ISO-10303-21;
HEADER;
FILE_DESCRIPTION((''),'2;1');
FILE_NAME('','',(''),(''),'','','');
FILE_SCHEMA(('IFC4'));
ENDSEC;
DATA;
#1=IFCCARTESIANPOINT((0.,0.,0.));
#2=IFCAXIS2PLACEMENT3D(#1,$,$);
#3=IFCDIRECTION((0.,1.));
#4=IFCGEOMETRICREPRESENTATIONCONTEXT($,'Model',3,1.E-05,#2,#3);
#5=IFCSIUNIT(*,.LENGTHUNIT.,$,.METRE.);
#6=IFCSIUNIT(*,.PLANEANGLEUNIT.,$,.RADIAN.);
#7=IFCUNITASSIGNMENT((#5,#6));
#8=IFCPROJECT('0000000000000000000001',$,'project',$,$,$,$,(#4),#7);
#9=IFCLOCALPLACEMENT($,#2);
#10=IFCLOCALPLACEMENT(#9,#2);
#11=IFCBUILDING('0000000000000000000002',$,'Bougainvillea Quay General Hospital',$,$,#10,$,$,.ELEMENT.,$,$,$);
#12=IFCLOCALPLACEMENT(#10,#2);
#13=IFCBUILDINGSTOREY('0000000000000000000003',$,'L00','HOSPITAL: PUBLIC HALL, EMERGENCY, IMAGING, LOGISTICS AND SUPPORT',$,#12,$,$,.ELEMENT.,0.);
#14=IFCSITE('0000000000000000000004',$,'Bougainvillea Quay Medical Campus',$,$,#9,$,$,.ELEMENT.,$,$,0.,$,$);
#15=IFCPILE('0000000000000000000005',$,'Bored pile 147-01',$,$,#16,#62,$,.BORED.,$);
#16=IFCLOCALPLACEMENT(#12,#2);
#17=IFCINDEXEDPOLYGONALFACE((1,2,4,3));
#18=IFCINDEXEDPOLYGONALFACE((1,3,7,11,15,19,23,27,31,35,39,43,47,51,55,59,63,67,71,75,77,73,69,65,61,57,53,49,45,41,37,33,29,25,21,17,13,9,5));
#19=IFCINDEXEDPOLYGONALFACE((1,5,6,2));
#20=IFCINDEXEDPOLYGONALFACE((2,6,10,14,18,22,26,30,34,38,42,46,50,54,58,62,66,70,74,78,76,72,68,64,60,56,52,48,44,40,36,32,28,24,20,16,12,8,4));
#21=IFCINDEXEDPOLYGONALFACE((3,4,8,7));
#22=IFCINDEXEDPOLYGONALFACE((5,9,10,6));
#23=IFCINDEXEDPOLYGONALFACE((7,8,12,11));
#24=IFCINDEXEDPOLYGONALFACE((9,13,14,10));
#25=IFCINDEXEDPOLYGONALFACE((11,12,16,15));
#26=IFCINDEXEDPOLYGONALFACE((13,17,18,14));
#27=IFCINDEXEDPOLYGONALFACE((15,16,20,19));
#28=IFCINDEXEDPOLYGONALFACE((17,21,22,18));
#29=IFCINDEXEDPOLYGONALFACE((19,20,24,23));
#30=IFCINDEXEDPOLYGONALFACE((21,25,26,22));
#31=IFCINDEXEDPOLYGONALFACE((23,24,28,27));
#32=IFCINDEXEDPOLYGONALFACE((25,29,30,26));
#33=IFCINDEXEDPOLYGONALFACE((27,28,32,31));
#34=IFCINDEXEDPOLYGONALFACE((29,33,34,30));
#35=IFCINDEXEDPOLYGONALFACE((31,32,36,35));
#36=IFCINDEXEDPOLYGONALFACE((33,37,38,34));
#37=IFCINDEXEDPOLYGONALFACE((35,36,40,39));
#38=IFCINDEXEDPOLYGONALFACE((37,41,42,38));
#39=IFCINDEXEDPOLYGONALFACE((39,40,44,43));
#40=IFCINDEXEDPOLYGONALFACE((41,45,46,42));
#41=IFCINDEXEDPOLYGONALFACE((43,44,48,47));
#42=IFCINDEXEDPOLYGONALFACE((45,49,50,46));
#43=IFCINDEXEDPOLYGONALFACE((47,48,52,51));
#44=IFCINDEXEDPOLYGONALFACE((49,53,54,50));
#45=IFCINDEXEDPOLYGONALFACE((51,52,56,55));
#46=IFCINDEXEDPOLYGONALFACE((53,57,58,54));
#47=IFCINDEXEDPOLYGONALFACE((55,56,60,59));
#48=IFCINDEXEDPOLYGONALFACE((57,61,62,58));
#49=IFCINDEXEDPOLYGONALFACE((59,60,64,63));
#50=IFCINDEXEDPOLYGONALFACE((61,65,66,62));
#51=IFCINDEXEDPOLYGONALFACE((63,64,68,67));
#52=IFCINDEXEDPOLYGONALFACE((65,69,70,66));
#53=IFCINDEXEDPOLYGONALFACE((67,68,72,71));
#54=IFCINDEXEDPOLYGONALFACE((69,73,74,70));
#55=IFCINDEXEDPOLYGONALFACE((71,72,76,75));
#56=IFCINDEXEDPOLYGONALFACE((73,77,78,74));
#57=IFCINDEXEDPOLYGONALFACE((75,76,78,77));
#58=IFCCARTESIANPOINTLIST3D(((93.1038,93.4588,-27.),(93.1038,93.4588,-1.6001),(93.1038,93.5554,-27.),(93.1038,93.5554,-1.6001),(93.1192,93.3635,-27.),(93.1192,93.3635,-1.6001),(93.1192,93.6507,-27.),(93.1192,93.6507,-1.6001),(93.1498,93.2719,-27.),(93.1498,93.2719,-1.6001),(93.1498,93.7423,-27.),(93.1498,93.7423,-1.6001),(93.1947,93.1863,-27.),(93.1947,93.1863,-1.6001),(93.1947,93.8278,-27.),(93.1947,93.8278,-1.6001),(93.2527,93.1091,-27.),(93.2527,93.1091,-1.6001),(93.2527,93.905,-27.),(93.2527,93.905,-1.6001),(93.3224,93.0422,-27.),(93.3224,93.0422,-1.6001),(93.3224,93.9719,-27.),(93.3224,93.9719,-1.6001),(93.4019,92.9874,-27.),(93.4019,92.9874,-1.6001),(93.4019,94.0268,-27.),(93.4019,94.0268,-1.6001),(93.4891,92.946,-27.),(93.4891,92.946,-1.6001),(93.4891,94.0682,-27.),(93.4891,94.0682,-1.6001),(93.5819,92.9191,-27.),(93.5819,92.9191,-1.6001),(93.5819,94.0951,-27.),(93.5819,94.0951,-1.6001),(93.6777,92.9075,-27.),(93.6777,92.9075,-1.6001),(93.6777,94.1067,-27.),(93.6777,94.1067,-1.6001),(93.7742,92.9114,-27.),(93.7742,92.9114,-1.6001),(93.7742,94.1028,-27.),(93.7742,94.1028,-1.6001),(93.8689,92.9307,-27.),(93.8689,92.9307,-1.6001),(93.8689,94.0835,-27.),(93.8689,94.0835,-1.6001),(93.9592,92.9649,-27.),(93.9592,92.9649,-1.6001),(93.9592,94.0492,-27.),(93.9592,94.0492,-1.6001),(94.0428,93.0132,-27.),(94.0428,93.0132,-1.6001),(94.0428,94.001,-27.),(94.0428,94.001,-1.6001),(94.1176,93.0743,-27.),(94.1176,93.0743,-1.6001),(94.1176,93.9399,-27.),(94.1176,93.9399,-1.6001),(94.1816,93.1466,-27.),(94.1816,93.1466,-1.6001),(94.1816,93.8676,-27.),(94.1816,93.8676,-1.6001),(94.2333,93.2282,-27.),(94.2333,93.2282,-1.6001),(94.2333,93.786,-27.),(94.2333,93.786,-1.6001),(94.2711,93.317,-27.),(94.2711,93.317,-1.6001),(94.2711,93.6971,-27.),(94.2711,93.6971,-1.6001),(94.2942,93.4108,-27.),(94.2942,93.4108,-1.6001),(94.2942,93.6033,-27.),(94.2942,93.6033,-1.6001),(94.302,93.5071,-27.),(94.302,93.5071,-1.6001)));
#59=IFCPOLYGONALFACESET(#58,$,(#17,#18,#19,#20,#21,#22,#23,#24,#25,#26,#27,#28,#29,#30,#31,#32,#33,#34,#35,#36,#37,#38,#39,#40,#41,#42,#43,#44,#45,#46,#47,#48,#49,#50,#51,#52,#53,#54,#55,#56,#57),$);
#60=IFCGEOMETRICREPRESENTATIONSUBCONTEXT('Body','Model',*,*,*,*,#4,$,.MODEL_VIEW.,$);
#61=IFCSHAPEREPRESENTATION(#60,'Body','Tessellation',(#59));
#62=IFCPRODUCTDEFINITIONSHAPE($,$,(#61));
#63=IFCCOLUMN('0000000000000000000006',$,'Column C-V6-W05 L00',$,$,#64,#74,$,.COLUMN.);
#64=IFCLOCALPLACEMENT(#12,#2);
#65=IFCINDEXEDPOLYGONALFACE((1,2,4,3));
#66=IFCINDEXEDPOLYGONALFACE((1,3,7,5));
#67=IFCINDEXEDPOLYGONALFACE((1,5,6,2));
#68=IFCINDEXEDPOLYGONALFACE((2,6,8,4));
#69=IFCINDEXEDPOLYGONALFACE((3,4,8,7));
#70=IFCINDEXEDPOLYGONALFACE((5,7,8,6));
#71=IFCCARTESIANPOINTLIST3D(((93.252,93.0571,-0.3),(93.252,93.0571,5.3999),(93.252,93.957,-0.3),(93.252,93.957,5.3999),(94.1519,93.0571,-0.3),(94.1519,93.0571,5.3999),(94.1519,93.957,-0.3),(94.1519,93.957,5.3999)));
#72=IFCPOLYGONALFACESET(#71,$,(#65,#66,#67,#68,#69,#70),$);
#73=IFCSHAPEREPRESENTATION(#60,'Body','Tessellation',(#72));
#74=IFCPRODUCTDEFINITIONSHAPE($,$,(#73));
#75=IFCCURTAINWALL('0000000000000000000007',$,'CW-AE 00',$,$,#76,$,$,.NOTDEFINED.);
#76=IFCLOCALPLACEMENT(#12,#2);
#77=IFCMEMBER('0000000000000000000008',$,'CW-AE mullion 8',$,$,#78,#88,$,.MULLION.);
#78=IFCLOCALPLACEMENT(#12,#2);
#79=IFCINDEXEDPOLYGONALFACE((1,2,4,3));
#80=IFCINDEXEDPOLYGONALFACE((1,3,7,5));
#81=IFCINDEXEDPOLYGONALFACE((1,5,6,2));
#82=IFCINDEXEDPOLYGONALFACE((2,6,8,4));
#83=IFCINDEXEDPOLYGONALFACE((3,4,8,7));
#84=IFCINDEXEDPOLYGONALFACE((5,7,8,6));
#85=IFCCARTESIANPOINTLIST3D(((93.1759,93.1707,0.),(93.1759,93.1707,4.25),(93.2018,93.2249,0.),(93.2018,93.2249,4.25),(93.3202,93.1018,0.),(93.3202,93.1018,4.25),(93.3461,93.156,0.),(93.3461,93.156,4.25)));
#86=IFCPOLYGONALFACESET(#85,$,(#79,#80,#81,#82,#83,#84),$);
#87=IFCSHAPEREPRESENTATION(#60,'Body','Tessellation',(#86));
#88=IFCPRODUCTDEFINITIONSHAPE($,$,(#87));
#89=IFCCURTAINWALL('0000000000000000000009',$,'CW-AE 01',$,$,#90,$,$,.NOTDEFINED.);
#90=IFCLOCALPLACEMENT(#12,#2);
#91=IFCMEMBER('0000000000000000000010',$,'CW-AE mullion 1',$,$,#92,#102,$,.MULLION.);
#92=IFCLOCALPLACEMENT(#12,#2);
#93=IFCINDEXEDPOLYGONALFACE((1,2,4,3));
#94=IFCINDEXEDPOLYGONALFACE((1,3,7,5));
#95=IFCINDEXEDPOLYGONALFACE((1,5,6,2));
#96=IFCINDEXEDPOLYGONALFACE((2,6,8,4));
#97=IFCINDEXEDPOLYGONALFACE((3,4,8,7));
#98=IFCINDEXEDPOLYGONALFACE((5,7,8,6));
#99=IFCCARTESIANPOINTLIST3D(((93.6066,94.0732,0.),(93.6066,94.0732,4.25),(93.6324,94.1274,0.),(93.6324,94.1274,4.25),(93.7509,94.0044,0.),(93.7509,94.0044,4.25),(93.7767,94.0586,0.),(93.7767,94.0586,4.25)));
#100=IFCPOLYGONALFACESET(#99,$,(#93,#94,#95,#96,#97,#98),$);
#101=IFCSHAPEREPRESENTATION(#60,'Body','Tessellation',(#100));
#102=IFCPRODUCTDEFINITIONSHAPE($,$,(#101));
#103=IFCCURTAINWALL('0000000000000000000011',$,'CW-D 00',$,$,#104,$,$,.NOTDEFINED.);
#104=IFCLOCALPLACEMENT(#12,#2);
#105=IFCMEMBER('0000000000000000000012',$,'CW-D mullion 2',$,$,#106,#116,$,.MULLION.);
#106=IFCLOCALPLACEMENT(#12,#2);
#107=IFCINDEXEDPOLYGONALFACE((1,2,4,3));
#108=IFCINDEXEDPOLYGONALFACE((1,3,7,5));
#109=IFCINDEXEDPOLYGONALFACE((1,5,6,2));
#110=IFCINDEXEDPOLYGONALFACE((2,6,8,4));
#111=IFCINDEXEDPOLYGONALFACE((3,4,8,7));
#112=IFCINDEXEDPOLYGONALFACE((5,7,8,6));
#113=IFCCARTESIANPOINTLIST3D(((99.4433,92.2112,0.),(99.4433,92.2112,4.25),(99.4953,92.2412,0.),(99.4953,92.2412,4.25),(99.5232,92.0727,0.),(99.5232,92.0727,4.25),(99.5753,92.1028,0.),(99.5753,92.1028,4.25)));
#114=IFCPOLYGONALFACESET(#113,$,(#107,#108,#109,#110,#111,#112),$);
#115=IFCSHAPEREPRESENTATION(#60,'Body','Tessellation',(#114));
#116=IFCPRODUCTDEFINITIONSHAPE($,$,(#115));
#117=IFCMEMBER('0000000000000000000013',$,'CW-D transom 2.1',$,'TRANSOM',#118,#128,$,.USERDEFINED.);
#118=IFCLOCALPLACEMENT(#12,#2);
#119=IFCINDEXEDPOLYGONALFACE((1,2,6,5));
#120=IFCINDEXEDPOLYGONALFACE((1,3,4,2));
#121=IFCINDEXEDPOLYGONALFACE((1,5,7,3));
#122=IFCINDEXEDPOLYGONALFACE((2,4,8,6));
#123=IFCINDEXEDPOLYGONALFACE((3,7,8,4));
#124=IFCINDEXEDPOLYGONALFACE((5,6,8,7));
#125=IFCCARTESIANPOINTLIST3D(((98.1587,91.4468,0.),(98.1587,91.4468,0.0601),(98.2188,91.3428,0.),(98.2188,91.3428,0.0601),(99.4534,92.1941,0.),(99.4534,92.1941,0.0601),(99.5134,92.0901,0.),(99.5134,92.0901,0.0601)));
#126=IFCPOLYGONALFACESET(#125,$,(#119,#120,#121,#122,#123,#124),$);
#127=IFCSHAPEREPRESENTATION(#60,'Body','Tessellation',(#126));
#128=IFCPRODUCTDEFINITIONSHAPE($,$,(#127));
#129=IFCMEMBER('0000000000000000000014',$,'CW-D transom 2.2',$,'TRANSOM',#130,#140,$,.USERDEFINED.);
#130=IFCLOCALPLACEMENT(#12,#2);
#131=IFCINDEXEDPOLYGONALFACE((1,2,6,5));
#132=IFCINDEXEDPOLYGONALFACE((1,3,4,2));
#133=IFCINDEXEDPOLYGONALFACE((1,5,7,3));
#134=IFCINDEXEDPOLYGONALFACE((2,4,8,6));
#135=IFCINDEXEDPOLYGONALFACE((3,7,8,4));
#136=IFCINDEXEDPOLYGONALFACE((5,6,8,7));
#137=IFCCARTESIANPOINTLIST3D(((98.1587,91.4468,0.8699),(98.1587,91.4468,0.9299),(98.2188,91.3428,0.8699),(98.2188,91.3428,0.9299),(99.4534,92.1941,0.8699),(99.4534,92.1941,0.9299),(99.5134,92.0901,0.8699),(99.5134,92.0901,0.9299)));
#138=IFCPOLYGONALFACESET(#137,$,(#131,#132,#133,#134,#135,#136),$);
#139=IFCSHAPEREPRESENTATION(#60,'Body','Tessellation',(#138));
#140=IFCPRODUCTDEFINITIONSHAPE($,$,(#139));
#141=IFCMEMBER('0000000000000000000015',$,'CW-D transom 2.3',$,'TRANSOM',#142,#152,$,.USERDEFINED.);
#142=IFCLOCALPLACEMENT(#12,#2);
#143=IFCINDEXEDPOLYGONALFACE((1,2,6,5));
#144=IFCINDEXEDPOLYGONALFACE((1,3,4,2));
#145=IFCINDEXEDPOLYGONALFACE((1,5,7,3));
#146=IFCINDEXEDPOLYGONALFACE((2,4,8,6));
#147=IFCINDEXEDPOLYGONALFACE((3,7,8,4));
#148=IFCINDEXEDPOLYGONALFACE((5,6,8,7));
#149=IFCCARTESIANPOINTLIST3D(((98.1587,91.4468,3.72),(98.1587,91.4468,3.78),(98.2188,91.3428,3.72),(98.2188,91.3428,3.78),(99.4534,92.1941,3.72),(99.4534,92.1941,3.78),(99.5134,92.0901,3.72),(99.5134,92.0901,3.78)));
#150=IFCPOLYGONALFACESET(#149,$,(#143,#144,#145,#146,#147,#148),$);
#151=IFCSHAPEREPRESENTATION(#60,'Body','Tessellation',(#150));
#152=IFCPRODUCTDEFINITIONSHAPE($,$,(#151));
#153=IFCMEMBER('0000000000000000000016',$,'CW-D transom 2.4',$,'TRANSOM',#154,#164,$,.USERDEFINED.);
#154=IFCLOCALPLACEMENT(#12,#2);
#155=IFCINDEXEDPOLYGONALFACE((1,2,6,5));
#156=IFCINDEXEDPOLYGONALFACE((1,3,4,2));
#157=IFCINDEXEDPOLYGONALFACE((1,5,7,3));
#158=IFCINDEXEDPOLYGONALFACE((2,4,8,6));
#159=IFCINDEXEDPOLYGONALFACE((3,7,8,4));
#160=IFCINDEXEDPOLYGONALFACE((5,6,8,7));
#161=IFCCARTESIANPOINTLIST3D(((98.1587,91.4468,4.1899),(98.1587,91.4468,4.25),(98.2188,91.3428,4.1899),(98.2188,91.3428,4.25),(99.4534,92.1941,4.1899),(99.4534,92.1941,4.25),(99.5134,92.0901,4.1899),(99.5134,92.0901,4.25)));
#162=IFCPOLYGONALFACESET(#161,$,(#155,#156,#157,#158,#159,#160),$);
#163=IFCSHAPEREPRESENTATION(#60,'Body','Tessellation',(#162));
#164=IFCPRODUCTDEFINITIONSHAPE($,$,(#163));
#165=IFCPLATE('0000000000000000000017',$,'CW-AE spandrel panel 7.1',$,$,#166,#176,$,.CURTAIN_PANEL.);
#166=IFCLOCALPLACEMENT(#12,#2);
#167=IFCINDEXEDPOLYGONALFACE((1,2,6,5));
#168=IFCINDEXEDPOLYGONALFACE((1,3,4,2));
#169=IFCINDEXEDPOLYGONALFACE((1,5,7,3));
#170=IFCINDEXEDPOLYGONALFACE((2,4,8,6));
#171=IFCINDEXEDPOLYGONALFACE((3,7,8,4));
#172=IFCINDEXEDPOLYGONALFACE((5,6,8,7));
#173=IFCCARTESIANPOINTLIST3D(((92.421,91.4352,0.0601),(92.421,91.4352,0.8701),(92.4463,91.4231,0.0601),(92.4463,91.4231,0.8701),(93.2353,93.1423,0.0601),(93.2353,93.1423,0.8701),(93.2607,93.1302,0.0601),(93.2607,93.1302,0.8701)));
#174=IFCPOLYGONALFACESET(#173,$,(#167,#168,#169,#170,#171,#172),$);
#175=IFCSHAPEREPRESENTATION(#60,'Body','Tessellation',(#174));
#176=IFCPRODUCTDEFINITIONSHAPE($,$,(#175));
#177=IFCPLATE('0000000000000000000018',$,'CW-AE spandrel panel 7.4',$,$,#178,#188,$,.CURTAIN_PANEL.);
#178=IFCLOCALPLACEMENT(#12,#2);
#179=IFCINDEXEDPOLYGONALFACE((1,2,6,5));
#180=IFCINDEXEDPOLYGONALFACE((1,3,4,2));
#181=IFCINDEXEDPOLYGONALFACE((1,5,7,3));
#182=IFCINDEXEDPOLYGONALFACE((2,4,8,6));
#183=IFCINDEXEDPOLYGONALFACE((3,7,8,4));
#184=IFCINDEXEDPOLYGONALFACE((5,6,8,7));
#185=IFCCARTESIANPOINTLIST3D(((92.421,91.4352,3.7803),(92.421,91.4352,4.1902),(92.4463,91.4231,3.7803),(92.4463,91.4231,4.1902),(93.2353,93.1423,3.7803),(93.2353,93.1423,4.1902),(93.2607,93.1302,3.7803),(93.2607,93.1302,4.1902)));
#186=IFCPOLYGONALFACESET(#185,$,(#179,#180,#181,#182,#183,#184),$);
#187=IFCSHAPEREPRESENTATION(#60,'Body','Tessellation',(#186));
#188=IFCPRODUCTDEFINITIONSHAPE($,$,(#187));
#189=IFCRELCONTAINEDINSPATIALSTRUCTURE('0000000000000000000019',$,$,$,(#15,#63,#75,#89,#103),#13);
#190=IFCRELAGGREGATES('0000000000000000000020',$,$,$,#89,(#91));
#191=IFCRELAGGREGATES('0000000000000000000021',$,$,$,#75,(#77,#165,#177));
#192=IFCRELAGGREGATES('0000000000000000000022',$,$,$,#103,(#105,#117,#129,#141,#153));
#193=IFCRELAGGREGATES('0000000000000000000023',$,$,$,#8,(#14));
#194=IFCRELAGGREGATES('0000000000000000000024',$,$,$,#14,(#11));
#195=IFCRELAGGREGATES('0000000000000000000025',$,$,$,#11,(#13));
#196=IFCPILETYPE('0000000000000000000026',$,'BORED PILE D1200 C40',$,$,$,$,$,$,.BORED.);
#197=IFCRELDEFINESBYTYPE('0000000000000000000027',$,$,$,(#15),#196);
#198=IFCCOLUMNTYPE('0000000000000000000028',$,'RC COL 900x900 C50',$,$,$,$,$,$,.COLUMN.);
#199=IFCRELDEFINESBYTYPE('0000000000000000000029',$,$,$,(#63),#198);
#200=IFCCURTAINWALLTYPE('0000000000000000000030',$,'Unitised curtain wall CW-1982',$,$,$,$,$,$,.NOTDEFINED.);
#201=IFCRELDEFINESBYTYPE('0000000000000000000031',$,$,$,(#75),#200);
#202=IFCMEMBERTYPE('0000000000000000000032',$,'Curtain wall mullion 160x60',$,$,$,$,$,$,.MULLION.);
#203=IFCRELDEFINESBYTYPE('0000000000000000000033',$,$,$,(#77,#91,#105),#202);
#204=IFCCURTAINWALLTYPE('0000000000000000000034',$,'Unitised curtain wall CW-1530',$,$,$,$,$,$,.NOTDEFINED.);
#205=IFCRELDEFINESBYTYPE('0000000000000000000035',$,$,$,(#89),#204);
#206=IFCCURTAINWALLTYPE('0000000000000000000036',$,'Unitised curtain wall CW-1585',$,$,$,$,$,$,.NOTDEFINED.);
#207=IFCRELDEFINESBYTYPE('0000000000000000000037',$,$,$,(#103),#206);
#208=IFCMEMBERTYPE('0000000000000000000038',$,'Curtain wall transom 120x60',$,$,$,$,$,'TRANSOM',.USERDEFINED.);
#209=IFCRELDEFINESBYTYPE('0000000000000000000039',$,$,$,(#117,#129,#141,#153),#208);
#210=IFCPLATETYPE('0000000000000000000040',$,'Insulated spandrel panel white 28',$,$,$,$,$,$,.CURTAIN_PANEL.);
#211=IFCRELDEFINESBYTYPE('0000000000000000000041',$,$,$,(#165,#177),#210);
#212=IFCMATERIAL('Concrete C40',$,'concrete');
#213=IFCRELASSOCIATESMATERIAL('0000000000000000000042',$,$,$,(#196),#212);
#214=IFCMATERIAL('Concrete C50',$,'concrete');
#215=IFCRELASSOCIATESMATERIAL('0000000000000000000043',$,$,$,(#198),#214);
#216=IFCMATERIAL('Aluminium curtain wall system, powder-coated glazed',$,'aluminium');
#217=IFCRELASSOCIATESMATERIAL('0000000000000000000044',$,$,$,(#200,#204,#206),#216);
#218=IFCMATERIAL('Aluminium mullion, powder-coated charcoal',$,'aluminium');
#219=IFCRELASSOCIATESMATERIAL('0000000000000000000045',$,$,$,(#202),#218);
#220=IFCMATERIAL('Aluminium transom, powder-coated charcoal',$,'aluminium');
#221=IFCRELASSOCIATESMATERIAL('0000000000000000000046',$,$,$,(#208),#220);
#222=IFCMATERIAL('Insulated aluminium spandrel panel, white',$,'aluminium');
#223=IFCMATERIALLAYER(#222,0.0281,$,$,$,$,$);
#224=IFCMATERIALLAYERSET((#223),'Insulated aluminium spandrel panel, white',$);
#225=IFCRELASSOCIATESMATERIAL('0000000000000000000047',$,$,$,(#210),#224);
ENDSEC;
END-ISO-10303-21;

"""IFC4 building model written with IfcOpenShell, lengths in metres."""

from ifc_helpers import new_model, si_unit, direction, frame, origin, origin_2d, place, context, subcontext, project, spatial, rectangle, circle, extrude, material, layer, layer_set, material_profile, profile_set, type_object, element, aggregate, save


model = new_model("IFC4")

# Units and contexts
model_context = context("Model", 3, precision=1e-05, world=origin(), true_north=direction((0.0, 1.0)))
body_context = subcontext(model_context, "Body", "Model", "MODEL_VIEW")
ifc_project = project(units=[si_unit("LENGTHUNIT", "METRE"), si_unit("PLANEANGLEUNIT", "RADIAN")], contexts=[model_context])

# Site, building, storey
site_placement = place(None, origin())
site = spatial("IfcSite", under=ifc_project, at=site_placement, Name="Bougainvillea Quay Medical Campus", CompositionType="ELEMENT", RefElevation=0.0)
building_placement = place(site_placement, origin())
building = spatial("IfcBuilding", under=site, at=building_placement, Name="Bougainvillea Quay General Hospital", CompositionType="ELEMENT")
storey_placement = place(building_placement, origin())
storey = spatial("IfcBuildingStorey", under=building, at=storey_placement, Name="L00", Description="HOSPITAL: PUBLIC HALL, EMERGENCY, IMAGING, LOGISTICS AND SUPPORT", CompositionType="ELEMENT", Elevation=0.0)

# Pile
ifc_material_1 = material(Name="Concrete C40", Category="concrete")
ifc_material_profile_1 = material_profile(ifc_material_1, circle(Radius=0.6001, at=origin_2d()))
ifc_profile_set_1 = profile_set([ifc_material_profile_1], Name="Concrete C40")
pile_type = type_object("IfcPileType", Name="BORED PILE D1200 C40", PredefinedType="BORED", material=ifc_profile_set_1)
pile_placement = place(storey_placement, frame((93.7019, 93.5071, -1.6001), z_axis=(0.0, 0.0, -1.0), x_axis=(1.0, 0.0, 0.0)))
element("IfcPile", 1, at=pile_placement, inside=storey, type_object=pile_type, Name="Bored pile 147-01", PredefinedType="BORED", context=body_context, shape_type="SweptSolid", body=[
    extrude(circle(Radius=0.6001, at=origin_2d()), origin(), (0.0, 0.0, 1.0), 25.3999),
])

# Column
ifc_material_2 = material(Name="Concrete C50", Category="concrete")
ifc_material_profile_2 = material_profile(ifc_material_2, rectangle(XDim=0.8999, YDim=0.8999, at=origin_2d()))
ifc_profile_set_2 = profile_set([ifc_material_profile_2], Name="Concrete C50")
column_type = type_object("IfcColumnType", Name="RC COL 900x900 C50", PredefinedType="COLUMN", material=ifc_profile_set_2)
column_placement = place(storey_placement, frame((93.7019, 93.5071, -0.3), z_axis=(0.0, 0.0, 1.0), x_axis=(1.0, 0.0, 0.0)))
element("IfcColumn", 2, at=column_placement, inside=storey, type_object=column_type, Name="Column C-V6-W05 L00", PredefinedType="COLUMN", context=body_context, shape_type="SweptSolid", body=[
    extrude(rectangle(XDim=0.8999, YDim=0.8999, at=origin_2d()), origin(), (0.0, 0.0, 1.0), 5.7),
])

# Curtain walls, members
ifc_material_3 = material(Name="Aluminium curtain wall system, powder-coated glazed", Category="aluminium")
curtain_wall_type_1 = type_object("IfcCurtainWallType", Name="Unitised curtain wall CW-1982", PredefinedType="NOTDEFINED", material=ifc_material_3)
curtain_wall_1_placement = place(storey_placement, origin())
curtain_wall_1 = element("IfcCurtainWall", 3, at=curtain_wall_1_placement, inside=storey, type_object=curtain_wall_type_1, Name="CW-AE 00", PredefinedType="NOTDEFINED")
ifc_material_4 = material(Name="Aluminium mullion, powder-coated charcoal", Category="aluminium")
ifc_material_profile_3 = material_profile(ifc_material_4, rectangle(XDim=0.1599, YDim=0.0601, at=origin_2d()))
ifc_profile_set_3 = profile_set([ifc_material_profile_3], Name="Aluminium mullion, powder-coated charcoal")
member_type_1 = type_object("IfcMemberType", Name="Curtain wall mullion 160x60", PredefinedType="MULLION", material=ifc_profile_set_3)
member_1_placement = place(storey_placement, frame((93.261, 93.1633, 0.0), z_axis=(0.0, 0.0, 1.0), x_axis=(-0.902561, 0.430563, 0.0)))
member_1 = element("IfcMember", 4, at=member_1_placement, type_object=member_type_1, Name="CW-AE mullion 8", PredefinedType="MULLION", context=body_context, shape_type="SweptSolid", body=[
    extrude(rectangle(XDim=0.1599, YDim=0.0601, at=origin_2d()), origin(), (0.0, 0.0, 1.0), 4.25),
])
curtain_wall_type_2 = type_object("IfcCurtainWallType", Name="Unitised curtain wall CW-1530", PredefinedType="NOTDEFINED", material=ifc_material_3)
curtain_wall_2_placement = place(storey_placement, origin())
curtain_wall_2 = element("IfcCurtainWall", 5, at=curtain_wall_2_placement, inside=storey, type_object=curtain_wall_type_2, Name="CW-AE 01", PredefinedType="NOTDEFINED")
member_2_placement = place(storey_placement, frame((93.6917, 94.0659, 0.0), z_axis=(0.0, 0.0, 1.0), x_axis=(-0.902561, 0.430563, 0.0)))
member_2 = element("IfcMember", 6, at=member_2_placement, type_object=member_type_1, Name="CW-AE mullion 1", PredefinedType="MULLION", context=body_context, shape_type="SweptSolid", body=[
    extrude(rectangle(XDim=0.1599, YDim=0.0601, at=origin_2d()), origin(), (0.0, 0.0, 1.0), 4.25),
])
aggregate(curtain_wall_2, [member_2])

# Curtain wall, members
curtain_wall_type_3 = type_object("IfcCurtainWallType", Name="Unitised curtain wall CW-1585", PredefinedType="NOTDEFINED", material=ifc_material_3)
curtain_wall_3_placement = place(storey_placement, origin())
curtain_wall_3 = element("IfcCurtainWall", 7, at=curtain_wall_3_placement, inside=storey, type_object=curtain_wall_type_3, Name="CW-D 00", PredefinedType="NOTDEFINED")
member_3_placement = place(storey_placement, frame((99.5093, 92.157, 0.0), z_axis=(0.0, 0.0, 1.0), x_axis=(0.499965, -0.866046, 0.0)))
member_3 = element("IfcMember", 8, at=member_3_placement, type_object=member_type_1, Name="CW-D mullion 2", PredefinedType="MULLION", context=body_context, shape_type="SweptSolid", body=[
    extrude(rectangle(XDim=0.1599, YDim=0.0601, at=origin_2d()), origin(), (0.0, 0.0, 1.0), 4.25),
])
ifc_material_5 = material(Name="Aluminium transom, powder-coated charcoal", Category="aluminium")
ifc_material_profile_4 = material_profile(ifc_material_5, rectangle(XDim=0.1201, YDim=0.0601, at=origin_2d()))
ifc_profile_set_4 = profile_set([ifc_material_profile_4], Name="Aluminium transom, powder-coated charcoal")
member_type_2 = type_object("IfcMemberType", Name="Curtain wall transom 120x60", ElementType="TRANSOM", PredefinedType="USERDEFINED", material=ifc_profile_set_4)
member_4_placement = place(storey_placement, frame((99.4834, 92.1421, 0.03), z_axis=(-0.866074, -0.499916, 0.0), x_axis=(0.499916, -0.866074, 0.0)))
member_4 = element("IfcMember", 9, at=member_4_placement, type_object=member_type_2, Name="CW-D transom 2.1", ObjectType="TRANSOM", PredefinedType="USERDEFINED", context=body_context, shape_type="SweptSolid", body=[
    extrude(rectangle(XDim=0.1201, YDim=0.0601, at=origin_2d()), origin(), (0.0, 0.0, 1.0), 1.4949),
])
member_5_placement = place(storey_placement, frame((99.4834, 92.1421, 0.8999), z_axis=(-0.866074, -0.499916, 0.0), x_axis=(0.499916, -0.866074, 0.0)))
member_5 = element("IfcMember", 10, at=member_5_placement, type_object=member_type_2, Name="CW-D transom 2.2", ObjectType="TRANSOM", PredefinedType="USERDEFINED", context=body_context, shape_type="SweptSolid", body=[
    extrude(rectangle(XDim=0.1201, YDim=0.0601, at=origin_2d()), origin(), (0.0, 0.0, 1.0), 1.4949),
])
member_6_placement = place(storey_placement, frame((99.4834, 92.1421, 3.75), z_axis=(-0.866074, -0.499916, 0.0), x_axis=(0.499916, -0.866074, 0.0)))
member_6 = element("IfcMember", 11, at=member_6_placement, type_object=member_type_2, Name="CW-D transom 2.3", ObjectType="TRANSOM", PredefinedType="USERDEFINED", context=body_context, shape_type="SweptSolid", body=[
    extrude(rectangle(XDim=0.1201, YDim=0.0601, at=origin_2d()), origin(), (0.0, 0.0, 1.0), 1.4949),
])
member_7_placement = place(storey_placement, frame((99.4834, 92.1421, 4.22), z_axis=(-0.866074, -0.499916, 0.0), x_axis=(0.499916, -0.866074, 0.0)))
member_7 = element("IfcMember", 12, at=member_7_placement, type_object=member_type_2, Name="CW-D transom 2.4", ObjectType="TRANSOM", PredefinedType="USERDEFINED", context=body_context, shape_type="SweptSolid", body=[
    extrude(rectangle(XDim=0.1201, YDim=0.0601, at=origin_2d()), origin(), (0.0, 0.0, 1.0), 1.4949),
])

# Plates
ifc_material_6 = material(Name="Insulated aluminium spandrel panel, white", Category="aluminium")
ifc_layer_1 = layer(ifc_material_6, 0.0281)
ifc_layer_set_1 = layer_set([ifc_layer_1], Name="Insulated aluminium spandrel panel, white")
plate_type_1 = type_object("IfcPlateType", Name="Insulated spandrel panel white 28", PredefinedType="CURTAIN_PANEL", material=ifc_layer_set_1)
plate_1_placement = place(storey_placement, frame((92.8408, 92.2827, 0.0601), z_axis=(0.0, 0.0, 1.0), x_axis=(0.430563, 0.902561, 0.0)))
plate_1 = element("IfcPlate", 13, at=plate_1_placement, type_object=plate_type_1, Name="CW-AE spandrel panel 7.1", PredefinedType="CURTAIN_PANEL", context=body_context, shape_type="SweptSolid", body=[
    extrude(rectangle(XDim=1.8914, YDim=0.0281, at=origin_2d()), origin(), (0.0, 0.0, 1.0), 0.8101),
])
plate_2_placement = place(storey_placement, frame((92.8408, 92.2827, 3.7803), z_axis=(0.0, 0.0, 1.0), x_axis=(0.430563, 0.902561, 0.0)))
plate_2 = element("IfcPlate", 14, at=plate_2_placement, type_object=plate_type_1, Name="CW-AE spandrel panel 7.4", PredefinedType="CURTAIN_PANEL", context=body_context, shape_type="SweptSolid", body=[
    extrude(rectangle(XDim=1.8914, YDim=0.0281, at=origin_2d()), origin(), (0.0, 0.0, 1.0), 0.4099),
])
aggregate(curtain_wall_1, [member_1, plate_1, plate_2])
aggregate(curtain_wall_3, [member_3, member_4, member_5, member_6, member_7])

save(model, "model.ifc")
